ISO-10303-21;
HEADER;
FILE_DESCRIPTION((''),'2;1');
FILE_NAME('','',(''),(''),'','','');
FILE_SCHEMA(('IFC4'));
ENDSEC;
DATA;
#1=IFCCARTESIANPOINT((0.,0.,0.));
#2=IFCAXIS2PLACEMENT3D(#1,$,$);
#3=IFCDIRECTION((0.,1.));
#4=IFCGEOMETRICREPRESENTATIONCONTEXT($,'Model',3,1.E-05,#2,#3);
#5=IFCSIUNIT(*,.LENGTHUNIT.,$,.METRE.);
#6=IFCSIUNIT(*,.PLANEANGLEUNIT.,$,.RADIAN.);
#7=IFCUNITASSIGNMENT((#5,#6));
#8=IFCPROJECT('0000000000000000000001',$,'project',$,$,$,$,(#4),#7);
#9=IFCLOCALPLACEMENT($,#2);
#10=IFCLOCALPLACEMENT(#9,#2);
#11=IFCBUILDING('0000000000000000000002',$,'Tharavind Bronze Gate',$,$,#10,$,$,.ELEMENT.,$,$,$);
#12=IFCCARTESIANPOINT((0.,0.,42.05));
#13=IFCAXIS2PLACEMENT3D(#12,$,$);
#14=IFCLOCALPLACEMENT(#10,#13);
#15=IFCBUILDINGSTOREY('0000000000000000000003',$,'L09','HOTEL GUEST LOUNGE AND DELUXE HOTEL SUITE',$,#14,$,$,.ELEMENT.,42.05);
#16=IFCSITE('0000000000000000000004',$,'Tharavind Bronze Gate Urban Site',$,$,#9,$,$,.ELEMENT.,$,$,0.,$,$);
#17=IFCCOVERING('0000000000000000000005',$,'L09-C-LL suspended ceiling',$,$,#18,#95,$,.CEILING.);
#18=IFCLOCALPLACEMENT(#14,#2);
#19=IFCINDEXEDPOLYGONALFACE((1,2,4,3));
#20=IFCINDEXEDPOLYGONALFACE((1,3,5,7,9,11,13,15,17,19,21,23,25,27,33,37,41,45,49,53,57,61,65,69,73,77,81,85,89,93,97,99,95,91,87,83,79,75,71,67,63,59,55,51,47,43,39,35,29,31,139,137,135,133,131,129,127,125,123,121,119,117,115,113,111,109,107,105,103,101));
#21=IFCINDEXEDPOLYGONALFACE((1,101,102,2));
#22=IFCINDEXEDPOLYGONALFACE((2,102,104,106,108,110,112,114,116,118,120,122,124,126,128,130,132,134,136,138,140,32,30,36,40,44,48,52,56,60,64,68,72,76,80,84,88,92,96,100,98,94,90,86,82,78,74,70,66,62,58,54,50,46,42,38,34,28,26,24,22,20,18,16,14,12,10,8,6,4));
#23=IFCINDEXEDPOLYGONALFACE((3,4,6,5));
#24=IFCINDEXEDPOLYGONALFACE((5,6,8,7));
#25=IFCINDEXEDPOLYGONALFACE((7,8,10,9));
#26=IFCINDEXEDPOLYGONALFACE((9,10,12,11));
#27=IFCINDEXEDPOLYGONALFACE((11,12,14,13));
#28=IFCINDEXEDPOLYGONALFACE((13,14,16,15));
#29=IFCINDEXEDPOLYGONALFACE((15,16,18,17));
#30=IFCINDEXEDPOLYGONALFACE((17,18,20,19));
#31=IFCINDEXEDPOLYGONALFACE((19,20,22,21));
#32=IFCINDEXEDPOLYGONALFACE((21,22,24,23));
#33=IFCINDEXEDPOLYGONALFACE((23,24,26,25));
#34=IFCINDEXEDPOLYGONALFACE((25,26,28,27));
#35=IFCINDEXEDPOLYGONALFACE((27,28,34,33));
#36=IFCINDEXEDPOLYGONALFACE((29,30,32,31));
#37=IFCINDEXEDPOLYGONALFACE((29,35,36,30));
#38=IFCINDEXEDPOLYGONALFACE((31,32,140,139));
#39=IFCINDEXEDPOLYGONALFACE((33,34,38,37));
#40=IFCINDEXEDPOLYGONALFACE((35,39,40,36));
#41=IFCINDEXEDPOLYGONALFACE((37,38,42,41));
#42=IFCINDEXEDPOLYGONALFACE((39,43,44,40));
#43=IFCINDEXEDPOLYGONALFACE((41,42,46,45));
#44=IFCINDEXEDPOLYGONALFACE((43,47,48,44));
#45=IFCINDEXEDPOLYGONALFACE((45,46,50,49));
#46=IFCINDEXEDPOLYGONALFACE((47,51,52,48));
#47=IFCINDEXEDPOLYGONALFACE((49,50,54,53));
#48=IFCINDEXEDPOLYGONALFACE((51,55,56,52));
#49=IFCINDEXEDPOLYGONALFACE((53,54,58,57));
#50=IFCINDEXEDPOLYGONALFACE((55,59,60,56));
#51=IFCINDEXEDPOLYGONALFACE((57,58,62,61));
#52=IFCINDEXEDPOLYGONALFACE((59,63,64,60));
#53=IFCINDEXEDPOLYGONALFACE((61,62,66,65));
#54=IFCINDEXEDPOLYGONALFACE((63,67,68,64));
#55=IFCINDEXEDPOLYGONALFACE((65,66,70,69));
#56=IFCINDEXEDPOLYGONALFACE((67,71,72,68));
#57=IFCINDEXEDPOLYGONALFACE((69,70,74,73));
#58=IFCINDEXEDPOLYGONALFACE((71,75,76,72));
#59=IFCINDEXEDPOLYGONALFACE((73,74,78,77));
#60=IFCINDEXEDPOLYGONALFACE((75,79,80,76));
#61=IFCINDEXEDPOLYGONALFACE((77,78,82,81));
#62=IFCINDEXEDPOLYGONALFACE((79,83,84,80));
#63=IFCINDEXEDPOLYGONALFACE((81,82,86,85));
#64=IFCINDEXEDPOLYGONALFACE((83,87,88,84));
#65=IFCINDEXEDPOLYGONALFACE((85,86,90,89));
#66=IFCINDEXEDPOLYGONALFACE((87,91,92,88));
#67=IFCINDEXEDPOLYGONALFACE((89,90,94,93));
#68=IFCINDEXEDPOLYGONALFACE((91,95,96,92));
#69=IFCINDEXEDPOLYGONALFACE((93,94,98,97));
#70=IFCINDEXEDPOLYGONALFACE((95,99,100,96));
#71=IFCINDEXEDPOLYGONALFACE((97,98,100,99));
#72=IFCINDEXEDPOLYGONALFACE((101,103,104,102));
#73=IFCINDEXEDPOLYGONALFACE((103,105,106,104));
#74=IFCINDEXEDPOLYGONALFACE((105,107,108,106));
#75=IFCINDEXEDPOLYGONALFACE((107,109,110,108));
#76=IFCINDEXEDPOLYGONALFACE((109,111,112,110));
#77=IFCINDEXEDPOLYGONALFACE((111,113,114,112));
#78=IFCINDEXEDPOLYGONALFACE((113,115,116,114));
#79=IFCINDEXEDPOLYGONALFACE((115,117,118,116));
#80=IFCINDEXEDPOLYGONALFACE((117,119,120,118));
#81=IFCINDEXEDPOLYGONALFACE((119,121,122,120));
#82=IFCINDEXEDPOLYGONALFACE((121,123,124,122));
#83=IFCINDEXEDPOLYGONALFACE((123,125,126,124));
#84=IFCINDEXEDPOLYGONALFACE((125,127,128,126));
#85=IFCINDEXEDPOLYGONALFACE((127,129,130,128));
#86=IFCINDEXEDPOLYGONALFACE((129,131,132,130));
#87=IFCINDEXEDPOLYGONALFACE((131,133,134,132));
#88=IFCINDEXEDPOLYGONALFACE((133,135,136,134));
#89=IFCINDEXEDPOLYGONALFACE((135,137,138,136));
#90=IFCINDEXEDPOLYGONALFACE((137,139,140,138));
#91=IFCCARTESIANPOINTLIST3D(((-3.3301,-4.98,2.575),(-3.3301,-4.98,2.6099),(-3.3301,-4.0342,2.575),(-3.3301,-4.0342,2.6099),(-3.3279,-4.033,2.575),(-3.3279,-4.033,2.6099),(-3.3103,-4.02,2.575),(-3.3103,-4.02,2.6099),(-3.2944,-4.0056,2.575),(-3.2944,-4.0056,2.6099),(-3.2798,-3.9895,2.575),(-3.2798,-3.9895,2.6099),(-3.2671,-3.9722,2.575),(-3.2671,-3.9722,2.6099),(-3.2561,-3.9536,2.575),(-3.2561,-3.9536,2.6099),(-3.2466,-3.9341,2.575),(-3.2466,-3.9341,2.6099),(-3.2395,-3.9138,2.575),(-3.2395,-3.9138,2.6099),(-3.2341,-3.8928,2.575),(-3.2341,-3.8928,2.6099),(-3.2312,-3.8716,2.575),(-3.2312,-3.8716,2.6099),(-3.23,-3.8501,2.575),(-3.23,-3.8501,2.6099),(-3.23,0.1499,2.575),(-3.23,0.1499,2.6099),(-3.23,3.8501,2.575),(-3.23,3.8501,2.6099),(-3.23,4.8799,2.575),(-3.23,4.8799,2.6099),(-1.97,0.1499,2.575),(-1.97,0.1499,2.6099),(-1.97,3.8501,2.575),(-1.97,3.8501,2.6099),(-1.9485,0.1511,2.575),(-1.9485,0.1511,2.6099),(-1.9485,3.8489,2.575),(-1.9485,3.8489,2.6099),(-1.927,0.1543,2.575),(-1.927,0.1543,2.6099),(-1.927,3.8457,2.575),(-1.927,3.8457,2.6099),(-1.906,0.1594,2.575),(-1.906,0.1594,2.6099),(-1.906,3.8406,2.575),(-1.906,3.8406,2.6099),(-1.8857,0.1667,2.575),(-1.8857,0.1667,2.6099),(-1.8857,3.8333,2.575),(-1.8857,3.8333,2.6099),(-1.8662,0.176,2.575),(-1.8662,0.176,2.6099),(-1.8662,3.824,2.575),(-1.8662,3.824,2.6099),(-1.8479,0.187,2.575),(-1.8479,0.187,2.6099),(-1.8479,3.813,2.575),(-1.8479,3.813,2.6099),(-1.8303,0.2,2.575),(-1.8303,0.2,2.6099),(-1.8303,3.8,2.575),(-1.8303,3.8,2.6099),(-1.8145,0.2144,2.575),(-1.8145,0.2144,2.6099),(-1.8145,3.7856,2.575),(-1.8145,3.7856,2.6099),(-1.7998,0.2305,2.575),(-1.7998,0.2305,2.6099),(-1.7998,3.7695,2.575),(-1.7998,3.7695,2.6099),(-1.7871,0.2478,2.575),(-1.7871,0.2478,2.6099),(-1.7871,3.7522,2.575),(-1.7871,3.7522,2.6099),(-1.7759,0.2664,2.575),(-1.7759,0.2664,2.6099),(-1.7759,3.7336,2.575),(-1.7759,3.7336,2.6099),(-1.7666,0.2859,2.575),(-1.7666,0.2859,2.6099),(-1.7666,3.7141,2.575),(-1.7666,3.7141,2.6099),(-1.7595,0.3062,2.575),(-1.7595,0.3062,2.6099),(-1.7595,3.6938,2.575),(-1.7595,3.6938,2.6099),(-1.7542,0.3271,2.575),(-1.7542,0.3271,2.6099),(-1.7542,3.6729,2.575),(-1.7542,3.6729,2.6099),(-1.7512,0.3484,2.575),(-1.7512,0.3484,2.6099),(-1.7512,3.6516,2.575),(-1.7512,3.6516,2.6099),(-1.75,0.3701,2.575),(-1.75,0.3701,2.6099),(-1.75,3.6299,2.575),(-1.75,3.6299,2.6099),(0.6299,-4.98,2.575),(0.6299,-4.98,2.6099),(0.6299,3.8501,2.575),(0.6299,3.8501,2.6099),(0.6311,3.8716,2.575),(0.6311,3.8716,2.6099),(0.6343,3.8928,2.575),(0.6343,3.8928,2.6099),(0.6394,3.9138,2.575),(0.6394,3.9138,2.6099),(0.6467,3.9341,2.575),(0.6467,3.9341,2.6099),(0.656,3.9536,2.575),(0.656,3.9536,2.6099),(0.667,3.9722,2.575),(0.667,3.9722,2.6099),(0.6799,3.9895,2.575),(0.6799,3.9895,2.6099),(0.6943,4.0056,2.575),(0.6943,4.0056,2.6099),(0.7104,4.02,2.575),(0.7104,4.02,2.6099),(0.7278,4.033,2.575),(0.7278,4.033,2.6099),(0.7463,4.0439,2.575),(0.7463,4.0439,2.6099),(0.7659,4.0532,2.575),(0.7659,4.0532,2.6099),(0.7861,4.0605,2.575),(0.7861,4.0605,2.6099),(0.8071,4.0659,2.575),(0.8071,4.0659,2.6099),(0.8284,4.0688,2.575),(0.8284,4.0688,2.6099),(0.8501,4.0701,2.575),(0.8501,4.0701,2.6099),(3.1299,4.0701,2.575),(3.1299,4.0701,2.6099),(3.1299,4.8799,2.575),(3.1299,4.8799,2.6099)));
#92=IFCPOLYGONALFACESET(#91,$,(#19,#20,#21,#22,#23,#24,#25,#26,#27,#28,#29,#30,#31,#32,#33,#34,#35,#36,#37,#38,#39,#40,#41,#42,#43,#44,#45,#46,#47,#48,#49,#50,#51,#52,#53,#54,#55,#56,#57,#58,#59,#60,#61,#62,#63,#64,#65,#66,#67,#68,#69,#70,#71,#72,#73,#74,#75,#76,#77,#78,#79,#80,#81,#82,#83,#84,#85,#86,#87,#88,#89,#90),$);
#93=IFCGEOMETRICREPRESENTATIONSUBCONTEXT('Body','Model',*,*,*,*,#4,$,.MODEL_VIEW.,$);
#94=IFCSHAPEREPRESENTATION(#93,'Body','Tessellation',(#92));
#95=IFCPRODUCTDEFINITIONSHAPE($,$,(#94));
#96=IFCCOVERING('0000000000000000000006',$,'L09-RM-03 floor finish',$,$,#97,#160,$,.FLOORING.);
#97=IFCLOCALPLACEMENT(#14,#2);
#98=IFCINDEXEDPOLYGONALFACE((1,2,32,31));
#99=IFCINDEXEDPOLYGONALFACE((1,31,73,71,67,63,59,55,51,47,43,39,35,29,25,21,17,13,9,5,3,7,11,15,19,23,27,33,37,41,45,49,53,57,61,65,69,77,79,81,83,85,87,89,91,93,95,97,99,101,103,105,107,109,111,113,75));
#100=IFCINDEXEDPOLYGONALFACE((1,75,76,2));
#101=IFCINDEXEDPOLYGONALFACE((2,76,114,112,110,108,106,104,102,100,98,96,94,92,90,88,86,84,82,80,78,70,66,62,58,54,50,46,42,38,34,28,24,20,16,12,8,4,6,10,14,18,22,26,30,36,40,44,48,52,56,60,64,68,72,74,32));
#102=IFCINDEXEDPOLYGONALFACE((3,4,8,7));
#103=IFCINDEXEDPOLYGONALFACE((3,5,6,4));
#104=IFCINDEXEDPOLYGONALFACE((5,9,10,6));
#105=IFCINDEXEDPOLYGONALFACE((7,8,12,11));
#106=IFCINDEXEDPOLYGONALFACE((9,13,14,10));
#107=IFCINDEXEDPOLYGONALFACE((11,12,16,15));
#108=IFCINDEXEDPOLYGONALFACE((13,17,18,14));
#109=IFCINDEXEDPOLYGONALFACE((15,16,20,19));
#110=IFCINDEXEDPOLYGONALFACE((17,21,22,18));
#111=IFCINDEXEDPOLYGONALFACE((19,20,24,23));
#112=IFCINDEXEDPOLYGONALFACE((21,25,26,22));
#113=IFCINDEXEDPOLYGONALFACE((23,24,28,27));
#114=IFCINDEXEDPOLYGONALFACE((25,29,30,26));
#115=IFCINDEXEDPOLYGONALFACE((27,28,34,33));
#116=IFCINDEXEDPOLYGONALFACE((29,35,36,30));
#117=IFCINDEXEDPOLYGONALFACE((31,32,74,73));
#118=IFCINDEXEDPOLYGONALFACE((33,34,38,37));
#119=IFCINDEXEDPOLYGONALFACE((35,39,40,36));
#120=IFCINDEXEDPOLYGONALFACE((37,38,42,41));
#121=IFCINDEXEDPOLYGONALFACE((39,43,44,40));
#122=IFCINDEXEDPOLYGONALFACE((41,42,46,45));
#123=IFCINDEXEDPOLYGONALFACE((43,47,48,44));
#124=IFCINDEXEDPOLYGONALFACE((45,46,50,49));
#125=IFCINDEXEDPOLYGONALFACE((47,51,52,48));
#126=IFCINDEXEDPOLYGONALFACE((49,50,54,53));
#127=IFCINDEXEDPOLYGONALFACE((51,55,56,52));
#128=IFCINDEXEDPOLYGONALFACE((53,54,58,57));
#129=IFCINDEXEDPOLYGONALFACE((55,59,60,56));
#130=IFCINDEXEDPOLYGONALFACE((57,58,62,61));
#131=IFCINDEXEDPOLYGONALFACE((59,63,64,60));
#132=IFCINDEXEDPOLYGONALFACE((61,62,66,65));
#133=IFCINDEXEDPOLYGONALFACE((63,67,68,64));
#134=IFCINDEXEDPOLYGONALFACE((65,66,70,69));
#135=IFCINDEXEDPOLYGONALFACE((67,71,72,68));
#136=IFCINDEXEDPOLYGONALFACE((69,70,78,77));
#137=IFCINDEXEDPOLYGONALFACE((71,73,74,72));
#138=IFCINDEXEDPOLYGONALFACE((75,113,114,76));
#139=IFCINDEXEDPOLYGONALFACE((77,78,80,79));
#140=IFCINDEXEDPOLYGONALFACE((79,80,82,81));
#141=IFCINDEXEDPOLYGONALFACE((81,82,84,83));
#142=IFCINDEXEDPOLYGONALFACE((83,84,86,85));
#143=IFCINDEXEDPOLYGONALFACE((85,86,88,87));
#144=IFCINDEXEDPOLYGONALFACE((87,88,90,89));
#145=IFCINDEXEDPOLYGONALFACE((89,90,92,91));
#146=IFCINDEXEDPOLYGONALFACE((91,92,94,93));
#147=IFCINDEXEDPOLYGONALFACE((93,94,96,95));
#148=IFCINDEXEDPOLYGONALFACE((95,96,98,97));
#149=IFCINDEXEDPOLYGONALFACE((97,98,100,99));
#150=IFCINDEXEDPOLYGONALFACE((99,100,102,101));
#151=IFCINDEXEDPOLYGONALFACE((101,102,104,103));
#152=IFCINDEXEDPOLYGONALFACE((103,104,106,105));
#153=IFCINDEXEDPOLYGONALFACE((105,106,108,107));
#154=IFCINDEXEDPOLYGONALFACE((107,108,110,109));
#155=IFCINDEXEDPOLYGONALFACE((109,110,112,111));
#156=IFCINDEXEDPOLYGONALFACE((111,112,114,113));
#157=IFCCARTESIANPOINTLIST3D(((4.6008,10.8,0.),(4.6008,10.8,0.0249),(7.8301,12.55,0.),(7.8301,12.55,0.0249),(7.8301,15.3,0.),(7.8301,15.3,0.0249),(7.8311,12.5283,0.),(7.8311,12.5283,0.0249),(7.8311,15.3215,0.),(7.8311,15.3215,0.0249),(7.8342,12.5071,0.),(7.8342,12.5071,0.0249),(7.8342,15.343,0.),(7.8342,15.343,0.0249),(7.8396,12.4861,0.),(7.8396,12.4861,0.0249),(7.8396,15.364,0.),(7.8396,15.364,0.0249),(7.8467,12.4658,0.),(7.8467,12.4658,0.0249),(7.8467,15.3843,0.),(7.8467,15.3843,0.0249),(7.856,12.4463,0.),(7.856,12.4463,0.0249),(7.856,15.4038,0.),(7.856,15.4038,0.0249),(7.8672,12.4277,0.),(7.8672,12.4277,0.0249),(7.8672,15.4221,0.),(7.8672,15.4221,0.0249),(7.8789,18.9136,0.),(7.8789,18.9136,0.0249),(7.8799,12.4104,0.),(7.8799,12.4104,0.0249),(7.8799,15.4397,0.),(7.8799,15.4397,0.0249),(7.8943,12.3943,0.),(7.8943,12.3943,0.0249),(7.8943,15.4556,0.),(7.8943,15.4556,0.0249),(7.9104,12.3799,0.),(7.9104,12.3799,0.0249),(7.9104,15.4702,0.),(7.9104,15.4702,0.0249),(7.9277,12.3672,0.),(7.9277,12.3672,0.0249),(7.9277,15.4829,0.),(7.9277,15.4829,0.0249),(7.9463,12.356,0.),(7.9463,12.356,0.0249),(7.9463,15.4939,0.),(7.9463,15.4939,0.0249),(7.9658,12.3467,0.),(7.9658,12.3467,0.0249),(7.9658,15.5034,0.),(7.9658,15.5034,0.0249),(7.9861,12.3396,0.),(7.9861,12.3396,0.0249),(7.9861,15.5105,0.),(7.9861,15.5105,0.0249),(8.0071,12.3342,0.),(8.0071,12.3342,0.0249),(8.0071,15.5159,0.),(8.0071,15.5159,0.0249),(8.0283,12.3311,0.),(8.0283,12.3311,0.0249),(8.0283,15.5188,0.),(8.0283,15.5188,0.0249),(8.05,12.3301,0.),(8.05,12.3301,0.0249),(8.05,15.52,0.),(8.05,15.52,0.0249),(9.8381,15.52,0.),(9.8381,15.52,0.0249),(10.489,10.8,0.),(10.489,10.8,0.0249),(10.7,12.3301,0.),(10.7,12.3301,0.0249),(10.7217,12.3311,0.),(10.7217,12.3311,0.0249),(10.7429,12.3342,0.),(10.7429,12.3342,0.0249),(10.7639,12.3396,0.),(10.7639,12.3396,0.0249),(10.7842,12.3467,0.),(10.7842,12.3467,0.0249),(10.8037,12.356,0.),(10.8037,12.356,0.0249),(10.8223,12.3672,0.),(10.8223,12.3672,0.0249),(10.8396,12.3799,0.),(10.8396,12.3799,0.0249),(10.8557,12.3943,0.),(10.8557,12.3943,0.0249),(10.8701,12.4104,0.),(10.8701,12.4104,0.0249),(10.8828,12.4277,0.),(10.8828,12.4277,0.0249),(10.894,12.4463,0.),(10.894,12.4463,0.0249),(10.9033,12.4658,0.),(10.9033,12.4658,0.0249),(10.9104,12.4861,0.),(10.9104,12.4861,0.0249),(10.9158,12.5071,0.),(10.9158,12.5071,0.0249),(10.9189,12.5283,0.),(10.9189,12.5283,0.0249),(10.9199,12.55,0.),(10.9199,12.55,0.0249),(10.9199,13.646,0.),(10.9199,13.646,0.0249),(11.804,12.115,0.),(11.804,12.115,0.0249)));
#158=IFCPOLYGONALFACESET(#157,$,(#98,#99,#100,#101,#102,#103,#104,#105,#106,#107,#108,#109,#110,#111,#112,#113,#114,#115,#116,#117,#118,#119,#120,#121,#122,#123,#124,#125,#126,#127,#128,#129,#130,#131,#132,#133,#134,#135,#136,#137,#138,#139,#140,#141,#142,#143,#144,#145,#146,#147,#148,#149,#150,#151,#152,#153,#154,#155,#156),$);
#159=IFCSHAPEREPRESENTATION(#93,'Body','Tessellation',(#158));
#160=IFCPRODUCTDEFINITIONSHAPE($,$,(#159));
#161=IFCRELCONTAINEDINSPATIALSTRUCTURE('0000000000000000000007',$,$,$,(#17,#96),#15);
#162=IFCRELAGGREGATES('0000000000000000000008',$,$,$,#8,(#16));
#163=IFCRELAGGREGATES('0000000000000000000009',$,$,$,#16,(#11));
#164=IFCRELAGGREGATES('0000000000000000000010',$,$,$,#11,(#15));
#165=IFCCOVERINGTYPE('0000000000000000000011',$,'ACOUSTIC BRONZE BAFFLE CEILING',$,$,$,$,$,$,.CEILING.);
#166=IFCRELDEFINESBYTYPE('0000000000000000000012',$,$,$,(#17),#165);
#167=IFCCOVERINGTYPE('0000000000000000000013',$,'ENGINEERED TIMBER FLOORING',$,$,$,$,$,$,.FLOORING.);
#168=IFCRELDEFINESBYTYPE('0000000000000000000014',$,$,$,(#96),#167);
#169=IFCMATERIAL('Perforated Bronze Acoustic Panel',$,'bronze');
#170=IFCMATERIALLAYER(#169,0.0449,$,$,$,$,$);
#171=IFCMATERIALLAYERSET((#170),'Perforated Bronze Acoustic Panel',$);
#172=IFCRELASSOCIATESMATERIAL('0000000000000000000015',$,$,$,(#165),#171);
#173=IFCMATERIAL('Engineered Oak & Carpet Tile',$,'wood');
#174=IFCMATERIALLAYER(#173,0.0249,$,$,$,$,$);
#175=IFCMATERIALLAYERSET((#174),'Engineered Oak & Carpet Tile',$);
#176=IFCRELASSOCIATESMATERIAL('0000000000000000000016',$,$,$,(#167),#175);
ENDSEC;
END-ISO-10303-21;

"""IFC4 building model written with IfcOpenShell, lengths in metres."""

from ifc_helpers import new_model, si_unit, direction, frame, origin, place, context, subcontext, project, spatial, polyline, outline, extrude, material, layer, layer_set, type_object, element, save


model = new_model("IFC4")

# Units and contexts
model_context = context("Model", 3, precision=1e-05, world=origin(), true_north=direction((0.0, 1.0)))
body_context = subcontext(model_context, "Body", "Model", "MODEL_VIEW")
ifc_project = project(units=[si_unit("LENGTHUNIT", "METRE"), si_unit("PLANEANGLEUNIT", "RADIAN")], contexts=[model_context])

# Site, building, storey
site_placement = place(None, origin())
site = spatial("IfcSite", under=ifc_project, at=site_placement, Name="Tharavind Bronze Gate Urban Site", CompositionType="ELEMENT", RefElevation=0.0)
building_placement = place(site_placement, origin())
building = spatial("IfcBuilding", under=site, at=building_placement, Name="Tharavind Bronze Gate", CompositionType="ELEMENT")
storey_placement = place(building_placement, frame((0.0, 0.0, 42.05)))
storey = spatial("IfcBuildingStorey", under=building, at=storey_placement, Name="L09", Description="HOTEL GUEST LOUNGE AND DELUXE HOTEL SUITE", CompositionType="ELEMENT", Elevation=42.05)

# Coverings
ifc_material_1 = material(Name="Perforated Bronze Acoustic Panel", Category="bronze")
ifc_layer_1 = layer(ifc_material_1, 0.0449)
ifc_layer_set_1 = layer_set([ifc_layer_1], Name="Perforated Bronze Acoustic Panel")
covering_type_1 = type_object("IfcCoveringType", Name="ACOUSTIC BRONZE BAFFLE CEILING", PredefinedType="CEILING", material=ifc_layer_set_1)
covering_1_placement = place(storey_placement, frame((0.0, 0.0, 2.575)))
element("IfcCovering", 1, at=covering_1_placement, inside=storey, type_object=covering_type_1, Name="L09-C-LL suspended ceiling", PredefinedType="CEILING", context=body_context, shape_type="SweptSolid", body=[
    extrude(outline(polyline([(-3.3301, -4.98), (0.6299, -4.98), (0.6299, 3.8501), (0.6311, 3.8716), (0.6343, 3.8928), (0.6394, 3.9138), (0.6467, 3.9341), (0.656, 3.9536), (0.667, 3.9722), (0.6799, 3.9895), (0.6943, 4.0056), (0.7104, 4.02), (0.7278, 4.033), (0.7463, 4.0439), (0.7659, 4.0532), (0.7861, 4.0605), (0.8071, 4.0659), (0.8284, 4.0688), (0.8501, 4.0701), (3.1299, 4.0701), (3.1299, 4.8799), (-3.23, 4.8799), (-3.23, 3.8501), (-1.97, 3.8501), (-1.9485, 3.8489), (-1.927, 3.8457), (-1.906, 3.8406), (-1.8857, 3.8333), (-1.8662, 3.824), (-1.8479, 3.813), (-1.8303, 3.8), (-1.8145, 3.7856), (-1.7998, 3.7695), (-1.7871, 3.7522), (-1.7759, 3.7336), (-1.7666, 3.7141), (-1.7595, 3.6938), (-1.7542, 3.6729), (-1.7512, 3.6516), (-1.75, 3.6299), (-1.75, 0.3701), (-1.7512, 0.3484), (-1.7542, 0.3271), (-1.7595, 0.3062), (-1.7666, 0.2859), (-1.7759, 0.2664), (-1.7871, 0.2478), (-1.7998, 0.2305), (-1.8145, 0.2144), (-1.8303, 0.2), (-1.8479, 0.187), (-1.8662, 0.176), (-1.8857, 0.1667), (-1.906, 0.1594), (-1.927, 0.1543), (-1.9485, 0.1511), (-1.97, 0.1499), (-3.23, 0.1499), (-3.23, -3.8501), (-3.2312, -3.8716), (-3.2341, -3.8928), (-3.2395, -3.9138), (-3.2466, -3.9341), (-3.2561, -3.9536), (-3.2671, -3.9722), (-3.2798, -3.9895), (-3.2944, -4.0056), (-3.3103, -4.02), (-3.3279, -4.033), (-3.3301, -4.0342), (-3.3301, -4.98)])), origin(), (0.0, 0.0, 1.0), 0.0349),
])
ifc_material_2 = material(Name="Engineered Oak & Carpet Tile", Category="wood")
ifc_layer_2 = layer(ifc_material_2, 0.0249)
ifc_layer_set_2 = layer_set([ifc_layer_2], Name="Engineered Oak & Carpet Tile")
covering_type_2 = type_object("IfcCoveringType", Name="ENGINEERED TIMBER FLOORING", PredefinedType="FLOORING", material=ifc_layer_set_2)
covering_2_placement = place(storey_placement, origin())
element("IfcCovering", 2, at=covering_2_placement, inside=storey, type_object=covering_type_2, Name="L09-RM-03 floor finish", PredefinedType="FLOORING", context=body_context, shape_type="SweptSolid", body=[
    extrude(outline(polyline([(10.489, 10.8), (11.804, 12.115), (10.9199, 13.646), (10.9199, 12.55), (10.9189, 12.5283), (10.9158, 12.5071), (10.9104, 12.4861), (10.9033, 12.4658), (10.894, 12.4463), (10.8828, 12.4277), (10.8701, 12.4104), (10.8557, 12.3943), (10.8396, 12.3799), (10.8223, 12.3672), (10.8037, 12.356), (10.7842, 12.3467), (10.7639, 12.3396), (10.7429, 12.3342), (10.7217, 12.3311), (10.7, 12.3301), (8.05, 12.3301), (8.0283, 12.3311), (8.0071, 12.3342), (7.9861, 12.3396), (7.9658, 12.3467), (7.9463, 12.356), (7.9277, 12.3672), (7.9104, 12.3799), (7.8943, 12.3943), (7.8799, 12.4104), (7.8672, 12.4277), (7.856, 12.4463), (7.8467, 12.4658), (7.8396, 12.4861), (7.8342, 12.5071), (7.8311, 12.5283), (7.8301, 12.55), (7.8301, 15.3), (7.8311, 15.3215), (7.8342, 15.343), (7.8396, 15.364), (7.8467, 15.3843), (7.856, 15.4038), (7.8672, 15.4221), (7.8799, 15.4397), (7.8943, 15.4556), (7.9104, 15.4702), (7.9277, 15.4829), (7.9463, 15.4939), (7.9658, 15.5034), (7.9861, 15.5105), (8.0071, 15.5159), (8.0283, 15.5188), (8.05, 15.52), (9.8381, 15.52), (7.8789, 18.9136), (4.6008, 10.8), (10.489, 10.8)])), origin(), (0.0, 0.0, 1.0), 0.0249),
])

save(model, "model.ifc")
